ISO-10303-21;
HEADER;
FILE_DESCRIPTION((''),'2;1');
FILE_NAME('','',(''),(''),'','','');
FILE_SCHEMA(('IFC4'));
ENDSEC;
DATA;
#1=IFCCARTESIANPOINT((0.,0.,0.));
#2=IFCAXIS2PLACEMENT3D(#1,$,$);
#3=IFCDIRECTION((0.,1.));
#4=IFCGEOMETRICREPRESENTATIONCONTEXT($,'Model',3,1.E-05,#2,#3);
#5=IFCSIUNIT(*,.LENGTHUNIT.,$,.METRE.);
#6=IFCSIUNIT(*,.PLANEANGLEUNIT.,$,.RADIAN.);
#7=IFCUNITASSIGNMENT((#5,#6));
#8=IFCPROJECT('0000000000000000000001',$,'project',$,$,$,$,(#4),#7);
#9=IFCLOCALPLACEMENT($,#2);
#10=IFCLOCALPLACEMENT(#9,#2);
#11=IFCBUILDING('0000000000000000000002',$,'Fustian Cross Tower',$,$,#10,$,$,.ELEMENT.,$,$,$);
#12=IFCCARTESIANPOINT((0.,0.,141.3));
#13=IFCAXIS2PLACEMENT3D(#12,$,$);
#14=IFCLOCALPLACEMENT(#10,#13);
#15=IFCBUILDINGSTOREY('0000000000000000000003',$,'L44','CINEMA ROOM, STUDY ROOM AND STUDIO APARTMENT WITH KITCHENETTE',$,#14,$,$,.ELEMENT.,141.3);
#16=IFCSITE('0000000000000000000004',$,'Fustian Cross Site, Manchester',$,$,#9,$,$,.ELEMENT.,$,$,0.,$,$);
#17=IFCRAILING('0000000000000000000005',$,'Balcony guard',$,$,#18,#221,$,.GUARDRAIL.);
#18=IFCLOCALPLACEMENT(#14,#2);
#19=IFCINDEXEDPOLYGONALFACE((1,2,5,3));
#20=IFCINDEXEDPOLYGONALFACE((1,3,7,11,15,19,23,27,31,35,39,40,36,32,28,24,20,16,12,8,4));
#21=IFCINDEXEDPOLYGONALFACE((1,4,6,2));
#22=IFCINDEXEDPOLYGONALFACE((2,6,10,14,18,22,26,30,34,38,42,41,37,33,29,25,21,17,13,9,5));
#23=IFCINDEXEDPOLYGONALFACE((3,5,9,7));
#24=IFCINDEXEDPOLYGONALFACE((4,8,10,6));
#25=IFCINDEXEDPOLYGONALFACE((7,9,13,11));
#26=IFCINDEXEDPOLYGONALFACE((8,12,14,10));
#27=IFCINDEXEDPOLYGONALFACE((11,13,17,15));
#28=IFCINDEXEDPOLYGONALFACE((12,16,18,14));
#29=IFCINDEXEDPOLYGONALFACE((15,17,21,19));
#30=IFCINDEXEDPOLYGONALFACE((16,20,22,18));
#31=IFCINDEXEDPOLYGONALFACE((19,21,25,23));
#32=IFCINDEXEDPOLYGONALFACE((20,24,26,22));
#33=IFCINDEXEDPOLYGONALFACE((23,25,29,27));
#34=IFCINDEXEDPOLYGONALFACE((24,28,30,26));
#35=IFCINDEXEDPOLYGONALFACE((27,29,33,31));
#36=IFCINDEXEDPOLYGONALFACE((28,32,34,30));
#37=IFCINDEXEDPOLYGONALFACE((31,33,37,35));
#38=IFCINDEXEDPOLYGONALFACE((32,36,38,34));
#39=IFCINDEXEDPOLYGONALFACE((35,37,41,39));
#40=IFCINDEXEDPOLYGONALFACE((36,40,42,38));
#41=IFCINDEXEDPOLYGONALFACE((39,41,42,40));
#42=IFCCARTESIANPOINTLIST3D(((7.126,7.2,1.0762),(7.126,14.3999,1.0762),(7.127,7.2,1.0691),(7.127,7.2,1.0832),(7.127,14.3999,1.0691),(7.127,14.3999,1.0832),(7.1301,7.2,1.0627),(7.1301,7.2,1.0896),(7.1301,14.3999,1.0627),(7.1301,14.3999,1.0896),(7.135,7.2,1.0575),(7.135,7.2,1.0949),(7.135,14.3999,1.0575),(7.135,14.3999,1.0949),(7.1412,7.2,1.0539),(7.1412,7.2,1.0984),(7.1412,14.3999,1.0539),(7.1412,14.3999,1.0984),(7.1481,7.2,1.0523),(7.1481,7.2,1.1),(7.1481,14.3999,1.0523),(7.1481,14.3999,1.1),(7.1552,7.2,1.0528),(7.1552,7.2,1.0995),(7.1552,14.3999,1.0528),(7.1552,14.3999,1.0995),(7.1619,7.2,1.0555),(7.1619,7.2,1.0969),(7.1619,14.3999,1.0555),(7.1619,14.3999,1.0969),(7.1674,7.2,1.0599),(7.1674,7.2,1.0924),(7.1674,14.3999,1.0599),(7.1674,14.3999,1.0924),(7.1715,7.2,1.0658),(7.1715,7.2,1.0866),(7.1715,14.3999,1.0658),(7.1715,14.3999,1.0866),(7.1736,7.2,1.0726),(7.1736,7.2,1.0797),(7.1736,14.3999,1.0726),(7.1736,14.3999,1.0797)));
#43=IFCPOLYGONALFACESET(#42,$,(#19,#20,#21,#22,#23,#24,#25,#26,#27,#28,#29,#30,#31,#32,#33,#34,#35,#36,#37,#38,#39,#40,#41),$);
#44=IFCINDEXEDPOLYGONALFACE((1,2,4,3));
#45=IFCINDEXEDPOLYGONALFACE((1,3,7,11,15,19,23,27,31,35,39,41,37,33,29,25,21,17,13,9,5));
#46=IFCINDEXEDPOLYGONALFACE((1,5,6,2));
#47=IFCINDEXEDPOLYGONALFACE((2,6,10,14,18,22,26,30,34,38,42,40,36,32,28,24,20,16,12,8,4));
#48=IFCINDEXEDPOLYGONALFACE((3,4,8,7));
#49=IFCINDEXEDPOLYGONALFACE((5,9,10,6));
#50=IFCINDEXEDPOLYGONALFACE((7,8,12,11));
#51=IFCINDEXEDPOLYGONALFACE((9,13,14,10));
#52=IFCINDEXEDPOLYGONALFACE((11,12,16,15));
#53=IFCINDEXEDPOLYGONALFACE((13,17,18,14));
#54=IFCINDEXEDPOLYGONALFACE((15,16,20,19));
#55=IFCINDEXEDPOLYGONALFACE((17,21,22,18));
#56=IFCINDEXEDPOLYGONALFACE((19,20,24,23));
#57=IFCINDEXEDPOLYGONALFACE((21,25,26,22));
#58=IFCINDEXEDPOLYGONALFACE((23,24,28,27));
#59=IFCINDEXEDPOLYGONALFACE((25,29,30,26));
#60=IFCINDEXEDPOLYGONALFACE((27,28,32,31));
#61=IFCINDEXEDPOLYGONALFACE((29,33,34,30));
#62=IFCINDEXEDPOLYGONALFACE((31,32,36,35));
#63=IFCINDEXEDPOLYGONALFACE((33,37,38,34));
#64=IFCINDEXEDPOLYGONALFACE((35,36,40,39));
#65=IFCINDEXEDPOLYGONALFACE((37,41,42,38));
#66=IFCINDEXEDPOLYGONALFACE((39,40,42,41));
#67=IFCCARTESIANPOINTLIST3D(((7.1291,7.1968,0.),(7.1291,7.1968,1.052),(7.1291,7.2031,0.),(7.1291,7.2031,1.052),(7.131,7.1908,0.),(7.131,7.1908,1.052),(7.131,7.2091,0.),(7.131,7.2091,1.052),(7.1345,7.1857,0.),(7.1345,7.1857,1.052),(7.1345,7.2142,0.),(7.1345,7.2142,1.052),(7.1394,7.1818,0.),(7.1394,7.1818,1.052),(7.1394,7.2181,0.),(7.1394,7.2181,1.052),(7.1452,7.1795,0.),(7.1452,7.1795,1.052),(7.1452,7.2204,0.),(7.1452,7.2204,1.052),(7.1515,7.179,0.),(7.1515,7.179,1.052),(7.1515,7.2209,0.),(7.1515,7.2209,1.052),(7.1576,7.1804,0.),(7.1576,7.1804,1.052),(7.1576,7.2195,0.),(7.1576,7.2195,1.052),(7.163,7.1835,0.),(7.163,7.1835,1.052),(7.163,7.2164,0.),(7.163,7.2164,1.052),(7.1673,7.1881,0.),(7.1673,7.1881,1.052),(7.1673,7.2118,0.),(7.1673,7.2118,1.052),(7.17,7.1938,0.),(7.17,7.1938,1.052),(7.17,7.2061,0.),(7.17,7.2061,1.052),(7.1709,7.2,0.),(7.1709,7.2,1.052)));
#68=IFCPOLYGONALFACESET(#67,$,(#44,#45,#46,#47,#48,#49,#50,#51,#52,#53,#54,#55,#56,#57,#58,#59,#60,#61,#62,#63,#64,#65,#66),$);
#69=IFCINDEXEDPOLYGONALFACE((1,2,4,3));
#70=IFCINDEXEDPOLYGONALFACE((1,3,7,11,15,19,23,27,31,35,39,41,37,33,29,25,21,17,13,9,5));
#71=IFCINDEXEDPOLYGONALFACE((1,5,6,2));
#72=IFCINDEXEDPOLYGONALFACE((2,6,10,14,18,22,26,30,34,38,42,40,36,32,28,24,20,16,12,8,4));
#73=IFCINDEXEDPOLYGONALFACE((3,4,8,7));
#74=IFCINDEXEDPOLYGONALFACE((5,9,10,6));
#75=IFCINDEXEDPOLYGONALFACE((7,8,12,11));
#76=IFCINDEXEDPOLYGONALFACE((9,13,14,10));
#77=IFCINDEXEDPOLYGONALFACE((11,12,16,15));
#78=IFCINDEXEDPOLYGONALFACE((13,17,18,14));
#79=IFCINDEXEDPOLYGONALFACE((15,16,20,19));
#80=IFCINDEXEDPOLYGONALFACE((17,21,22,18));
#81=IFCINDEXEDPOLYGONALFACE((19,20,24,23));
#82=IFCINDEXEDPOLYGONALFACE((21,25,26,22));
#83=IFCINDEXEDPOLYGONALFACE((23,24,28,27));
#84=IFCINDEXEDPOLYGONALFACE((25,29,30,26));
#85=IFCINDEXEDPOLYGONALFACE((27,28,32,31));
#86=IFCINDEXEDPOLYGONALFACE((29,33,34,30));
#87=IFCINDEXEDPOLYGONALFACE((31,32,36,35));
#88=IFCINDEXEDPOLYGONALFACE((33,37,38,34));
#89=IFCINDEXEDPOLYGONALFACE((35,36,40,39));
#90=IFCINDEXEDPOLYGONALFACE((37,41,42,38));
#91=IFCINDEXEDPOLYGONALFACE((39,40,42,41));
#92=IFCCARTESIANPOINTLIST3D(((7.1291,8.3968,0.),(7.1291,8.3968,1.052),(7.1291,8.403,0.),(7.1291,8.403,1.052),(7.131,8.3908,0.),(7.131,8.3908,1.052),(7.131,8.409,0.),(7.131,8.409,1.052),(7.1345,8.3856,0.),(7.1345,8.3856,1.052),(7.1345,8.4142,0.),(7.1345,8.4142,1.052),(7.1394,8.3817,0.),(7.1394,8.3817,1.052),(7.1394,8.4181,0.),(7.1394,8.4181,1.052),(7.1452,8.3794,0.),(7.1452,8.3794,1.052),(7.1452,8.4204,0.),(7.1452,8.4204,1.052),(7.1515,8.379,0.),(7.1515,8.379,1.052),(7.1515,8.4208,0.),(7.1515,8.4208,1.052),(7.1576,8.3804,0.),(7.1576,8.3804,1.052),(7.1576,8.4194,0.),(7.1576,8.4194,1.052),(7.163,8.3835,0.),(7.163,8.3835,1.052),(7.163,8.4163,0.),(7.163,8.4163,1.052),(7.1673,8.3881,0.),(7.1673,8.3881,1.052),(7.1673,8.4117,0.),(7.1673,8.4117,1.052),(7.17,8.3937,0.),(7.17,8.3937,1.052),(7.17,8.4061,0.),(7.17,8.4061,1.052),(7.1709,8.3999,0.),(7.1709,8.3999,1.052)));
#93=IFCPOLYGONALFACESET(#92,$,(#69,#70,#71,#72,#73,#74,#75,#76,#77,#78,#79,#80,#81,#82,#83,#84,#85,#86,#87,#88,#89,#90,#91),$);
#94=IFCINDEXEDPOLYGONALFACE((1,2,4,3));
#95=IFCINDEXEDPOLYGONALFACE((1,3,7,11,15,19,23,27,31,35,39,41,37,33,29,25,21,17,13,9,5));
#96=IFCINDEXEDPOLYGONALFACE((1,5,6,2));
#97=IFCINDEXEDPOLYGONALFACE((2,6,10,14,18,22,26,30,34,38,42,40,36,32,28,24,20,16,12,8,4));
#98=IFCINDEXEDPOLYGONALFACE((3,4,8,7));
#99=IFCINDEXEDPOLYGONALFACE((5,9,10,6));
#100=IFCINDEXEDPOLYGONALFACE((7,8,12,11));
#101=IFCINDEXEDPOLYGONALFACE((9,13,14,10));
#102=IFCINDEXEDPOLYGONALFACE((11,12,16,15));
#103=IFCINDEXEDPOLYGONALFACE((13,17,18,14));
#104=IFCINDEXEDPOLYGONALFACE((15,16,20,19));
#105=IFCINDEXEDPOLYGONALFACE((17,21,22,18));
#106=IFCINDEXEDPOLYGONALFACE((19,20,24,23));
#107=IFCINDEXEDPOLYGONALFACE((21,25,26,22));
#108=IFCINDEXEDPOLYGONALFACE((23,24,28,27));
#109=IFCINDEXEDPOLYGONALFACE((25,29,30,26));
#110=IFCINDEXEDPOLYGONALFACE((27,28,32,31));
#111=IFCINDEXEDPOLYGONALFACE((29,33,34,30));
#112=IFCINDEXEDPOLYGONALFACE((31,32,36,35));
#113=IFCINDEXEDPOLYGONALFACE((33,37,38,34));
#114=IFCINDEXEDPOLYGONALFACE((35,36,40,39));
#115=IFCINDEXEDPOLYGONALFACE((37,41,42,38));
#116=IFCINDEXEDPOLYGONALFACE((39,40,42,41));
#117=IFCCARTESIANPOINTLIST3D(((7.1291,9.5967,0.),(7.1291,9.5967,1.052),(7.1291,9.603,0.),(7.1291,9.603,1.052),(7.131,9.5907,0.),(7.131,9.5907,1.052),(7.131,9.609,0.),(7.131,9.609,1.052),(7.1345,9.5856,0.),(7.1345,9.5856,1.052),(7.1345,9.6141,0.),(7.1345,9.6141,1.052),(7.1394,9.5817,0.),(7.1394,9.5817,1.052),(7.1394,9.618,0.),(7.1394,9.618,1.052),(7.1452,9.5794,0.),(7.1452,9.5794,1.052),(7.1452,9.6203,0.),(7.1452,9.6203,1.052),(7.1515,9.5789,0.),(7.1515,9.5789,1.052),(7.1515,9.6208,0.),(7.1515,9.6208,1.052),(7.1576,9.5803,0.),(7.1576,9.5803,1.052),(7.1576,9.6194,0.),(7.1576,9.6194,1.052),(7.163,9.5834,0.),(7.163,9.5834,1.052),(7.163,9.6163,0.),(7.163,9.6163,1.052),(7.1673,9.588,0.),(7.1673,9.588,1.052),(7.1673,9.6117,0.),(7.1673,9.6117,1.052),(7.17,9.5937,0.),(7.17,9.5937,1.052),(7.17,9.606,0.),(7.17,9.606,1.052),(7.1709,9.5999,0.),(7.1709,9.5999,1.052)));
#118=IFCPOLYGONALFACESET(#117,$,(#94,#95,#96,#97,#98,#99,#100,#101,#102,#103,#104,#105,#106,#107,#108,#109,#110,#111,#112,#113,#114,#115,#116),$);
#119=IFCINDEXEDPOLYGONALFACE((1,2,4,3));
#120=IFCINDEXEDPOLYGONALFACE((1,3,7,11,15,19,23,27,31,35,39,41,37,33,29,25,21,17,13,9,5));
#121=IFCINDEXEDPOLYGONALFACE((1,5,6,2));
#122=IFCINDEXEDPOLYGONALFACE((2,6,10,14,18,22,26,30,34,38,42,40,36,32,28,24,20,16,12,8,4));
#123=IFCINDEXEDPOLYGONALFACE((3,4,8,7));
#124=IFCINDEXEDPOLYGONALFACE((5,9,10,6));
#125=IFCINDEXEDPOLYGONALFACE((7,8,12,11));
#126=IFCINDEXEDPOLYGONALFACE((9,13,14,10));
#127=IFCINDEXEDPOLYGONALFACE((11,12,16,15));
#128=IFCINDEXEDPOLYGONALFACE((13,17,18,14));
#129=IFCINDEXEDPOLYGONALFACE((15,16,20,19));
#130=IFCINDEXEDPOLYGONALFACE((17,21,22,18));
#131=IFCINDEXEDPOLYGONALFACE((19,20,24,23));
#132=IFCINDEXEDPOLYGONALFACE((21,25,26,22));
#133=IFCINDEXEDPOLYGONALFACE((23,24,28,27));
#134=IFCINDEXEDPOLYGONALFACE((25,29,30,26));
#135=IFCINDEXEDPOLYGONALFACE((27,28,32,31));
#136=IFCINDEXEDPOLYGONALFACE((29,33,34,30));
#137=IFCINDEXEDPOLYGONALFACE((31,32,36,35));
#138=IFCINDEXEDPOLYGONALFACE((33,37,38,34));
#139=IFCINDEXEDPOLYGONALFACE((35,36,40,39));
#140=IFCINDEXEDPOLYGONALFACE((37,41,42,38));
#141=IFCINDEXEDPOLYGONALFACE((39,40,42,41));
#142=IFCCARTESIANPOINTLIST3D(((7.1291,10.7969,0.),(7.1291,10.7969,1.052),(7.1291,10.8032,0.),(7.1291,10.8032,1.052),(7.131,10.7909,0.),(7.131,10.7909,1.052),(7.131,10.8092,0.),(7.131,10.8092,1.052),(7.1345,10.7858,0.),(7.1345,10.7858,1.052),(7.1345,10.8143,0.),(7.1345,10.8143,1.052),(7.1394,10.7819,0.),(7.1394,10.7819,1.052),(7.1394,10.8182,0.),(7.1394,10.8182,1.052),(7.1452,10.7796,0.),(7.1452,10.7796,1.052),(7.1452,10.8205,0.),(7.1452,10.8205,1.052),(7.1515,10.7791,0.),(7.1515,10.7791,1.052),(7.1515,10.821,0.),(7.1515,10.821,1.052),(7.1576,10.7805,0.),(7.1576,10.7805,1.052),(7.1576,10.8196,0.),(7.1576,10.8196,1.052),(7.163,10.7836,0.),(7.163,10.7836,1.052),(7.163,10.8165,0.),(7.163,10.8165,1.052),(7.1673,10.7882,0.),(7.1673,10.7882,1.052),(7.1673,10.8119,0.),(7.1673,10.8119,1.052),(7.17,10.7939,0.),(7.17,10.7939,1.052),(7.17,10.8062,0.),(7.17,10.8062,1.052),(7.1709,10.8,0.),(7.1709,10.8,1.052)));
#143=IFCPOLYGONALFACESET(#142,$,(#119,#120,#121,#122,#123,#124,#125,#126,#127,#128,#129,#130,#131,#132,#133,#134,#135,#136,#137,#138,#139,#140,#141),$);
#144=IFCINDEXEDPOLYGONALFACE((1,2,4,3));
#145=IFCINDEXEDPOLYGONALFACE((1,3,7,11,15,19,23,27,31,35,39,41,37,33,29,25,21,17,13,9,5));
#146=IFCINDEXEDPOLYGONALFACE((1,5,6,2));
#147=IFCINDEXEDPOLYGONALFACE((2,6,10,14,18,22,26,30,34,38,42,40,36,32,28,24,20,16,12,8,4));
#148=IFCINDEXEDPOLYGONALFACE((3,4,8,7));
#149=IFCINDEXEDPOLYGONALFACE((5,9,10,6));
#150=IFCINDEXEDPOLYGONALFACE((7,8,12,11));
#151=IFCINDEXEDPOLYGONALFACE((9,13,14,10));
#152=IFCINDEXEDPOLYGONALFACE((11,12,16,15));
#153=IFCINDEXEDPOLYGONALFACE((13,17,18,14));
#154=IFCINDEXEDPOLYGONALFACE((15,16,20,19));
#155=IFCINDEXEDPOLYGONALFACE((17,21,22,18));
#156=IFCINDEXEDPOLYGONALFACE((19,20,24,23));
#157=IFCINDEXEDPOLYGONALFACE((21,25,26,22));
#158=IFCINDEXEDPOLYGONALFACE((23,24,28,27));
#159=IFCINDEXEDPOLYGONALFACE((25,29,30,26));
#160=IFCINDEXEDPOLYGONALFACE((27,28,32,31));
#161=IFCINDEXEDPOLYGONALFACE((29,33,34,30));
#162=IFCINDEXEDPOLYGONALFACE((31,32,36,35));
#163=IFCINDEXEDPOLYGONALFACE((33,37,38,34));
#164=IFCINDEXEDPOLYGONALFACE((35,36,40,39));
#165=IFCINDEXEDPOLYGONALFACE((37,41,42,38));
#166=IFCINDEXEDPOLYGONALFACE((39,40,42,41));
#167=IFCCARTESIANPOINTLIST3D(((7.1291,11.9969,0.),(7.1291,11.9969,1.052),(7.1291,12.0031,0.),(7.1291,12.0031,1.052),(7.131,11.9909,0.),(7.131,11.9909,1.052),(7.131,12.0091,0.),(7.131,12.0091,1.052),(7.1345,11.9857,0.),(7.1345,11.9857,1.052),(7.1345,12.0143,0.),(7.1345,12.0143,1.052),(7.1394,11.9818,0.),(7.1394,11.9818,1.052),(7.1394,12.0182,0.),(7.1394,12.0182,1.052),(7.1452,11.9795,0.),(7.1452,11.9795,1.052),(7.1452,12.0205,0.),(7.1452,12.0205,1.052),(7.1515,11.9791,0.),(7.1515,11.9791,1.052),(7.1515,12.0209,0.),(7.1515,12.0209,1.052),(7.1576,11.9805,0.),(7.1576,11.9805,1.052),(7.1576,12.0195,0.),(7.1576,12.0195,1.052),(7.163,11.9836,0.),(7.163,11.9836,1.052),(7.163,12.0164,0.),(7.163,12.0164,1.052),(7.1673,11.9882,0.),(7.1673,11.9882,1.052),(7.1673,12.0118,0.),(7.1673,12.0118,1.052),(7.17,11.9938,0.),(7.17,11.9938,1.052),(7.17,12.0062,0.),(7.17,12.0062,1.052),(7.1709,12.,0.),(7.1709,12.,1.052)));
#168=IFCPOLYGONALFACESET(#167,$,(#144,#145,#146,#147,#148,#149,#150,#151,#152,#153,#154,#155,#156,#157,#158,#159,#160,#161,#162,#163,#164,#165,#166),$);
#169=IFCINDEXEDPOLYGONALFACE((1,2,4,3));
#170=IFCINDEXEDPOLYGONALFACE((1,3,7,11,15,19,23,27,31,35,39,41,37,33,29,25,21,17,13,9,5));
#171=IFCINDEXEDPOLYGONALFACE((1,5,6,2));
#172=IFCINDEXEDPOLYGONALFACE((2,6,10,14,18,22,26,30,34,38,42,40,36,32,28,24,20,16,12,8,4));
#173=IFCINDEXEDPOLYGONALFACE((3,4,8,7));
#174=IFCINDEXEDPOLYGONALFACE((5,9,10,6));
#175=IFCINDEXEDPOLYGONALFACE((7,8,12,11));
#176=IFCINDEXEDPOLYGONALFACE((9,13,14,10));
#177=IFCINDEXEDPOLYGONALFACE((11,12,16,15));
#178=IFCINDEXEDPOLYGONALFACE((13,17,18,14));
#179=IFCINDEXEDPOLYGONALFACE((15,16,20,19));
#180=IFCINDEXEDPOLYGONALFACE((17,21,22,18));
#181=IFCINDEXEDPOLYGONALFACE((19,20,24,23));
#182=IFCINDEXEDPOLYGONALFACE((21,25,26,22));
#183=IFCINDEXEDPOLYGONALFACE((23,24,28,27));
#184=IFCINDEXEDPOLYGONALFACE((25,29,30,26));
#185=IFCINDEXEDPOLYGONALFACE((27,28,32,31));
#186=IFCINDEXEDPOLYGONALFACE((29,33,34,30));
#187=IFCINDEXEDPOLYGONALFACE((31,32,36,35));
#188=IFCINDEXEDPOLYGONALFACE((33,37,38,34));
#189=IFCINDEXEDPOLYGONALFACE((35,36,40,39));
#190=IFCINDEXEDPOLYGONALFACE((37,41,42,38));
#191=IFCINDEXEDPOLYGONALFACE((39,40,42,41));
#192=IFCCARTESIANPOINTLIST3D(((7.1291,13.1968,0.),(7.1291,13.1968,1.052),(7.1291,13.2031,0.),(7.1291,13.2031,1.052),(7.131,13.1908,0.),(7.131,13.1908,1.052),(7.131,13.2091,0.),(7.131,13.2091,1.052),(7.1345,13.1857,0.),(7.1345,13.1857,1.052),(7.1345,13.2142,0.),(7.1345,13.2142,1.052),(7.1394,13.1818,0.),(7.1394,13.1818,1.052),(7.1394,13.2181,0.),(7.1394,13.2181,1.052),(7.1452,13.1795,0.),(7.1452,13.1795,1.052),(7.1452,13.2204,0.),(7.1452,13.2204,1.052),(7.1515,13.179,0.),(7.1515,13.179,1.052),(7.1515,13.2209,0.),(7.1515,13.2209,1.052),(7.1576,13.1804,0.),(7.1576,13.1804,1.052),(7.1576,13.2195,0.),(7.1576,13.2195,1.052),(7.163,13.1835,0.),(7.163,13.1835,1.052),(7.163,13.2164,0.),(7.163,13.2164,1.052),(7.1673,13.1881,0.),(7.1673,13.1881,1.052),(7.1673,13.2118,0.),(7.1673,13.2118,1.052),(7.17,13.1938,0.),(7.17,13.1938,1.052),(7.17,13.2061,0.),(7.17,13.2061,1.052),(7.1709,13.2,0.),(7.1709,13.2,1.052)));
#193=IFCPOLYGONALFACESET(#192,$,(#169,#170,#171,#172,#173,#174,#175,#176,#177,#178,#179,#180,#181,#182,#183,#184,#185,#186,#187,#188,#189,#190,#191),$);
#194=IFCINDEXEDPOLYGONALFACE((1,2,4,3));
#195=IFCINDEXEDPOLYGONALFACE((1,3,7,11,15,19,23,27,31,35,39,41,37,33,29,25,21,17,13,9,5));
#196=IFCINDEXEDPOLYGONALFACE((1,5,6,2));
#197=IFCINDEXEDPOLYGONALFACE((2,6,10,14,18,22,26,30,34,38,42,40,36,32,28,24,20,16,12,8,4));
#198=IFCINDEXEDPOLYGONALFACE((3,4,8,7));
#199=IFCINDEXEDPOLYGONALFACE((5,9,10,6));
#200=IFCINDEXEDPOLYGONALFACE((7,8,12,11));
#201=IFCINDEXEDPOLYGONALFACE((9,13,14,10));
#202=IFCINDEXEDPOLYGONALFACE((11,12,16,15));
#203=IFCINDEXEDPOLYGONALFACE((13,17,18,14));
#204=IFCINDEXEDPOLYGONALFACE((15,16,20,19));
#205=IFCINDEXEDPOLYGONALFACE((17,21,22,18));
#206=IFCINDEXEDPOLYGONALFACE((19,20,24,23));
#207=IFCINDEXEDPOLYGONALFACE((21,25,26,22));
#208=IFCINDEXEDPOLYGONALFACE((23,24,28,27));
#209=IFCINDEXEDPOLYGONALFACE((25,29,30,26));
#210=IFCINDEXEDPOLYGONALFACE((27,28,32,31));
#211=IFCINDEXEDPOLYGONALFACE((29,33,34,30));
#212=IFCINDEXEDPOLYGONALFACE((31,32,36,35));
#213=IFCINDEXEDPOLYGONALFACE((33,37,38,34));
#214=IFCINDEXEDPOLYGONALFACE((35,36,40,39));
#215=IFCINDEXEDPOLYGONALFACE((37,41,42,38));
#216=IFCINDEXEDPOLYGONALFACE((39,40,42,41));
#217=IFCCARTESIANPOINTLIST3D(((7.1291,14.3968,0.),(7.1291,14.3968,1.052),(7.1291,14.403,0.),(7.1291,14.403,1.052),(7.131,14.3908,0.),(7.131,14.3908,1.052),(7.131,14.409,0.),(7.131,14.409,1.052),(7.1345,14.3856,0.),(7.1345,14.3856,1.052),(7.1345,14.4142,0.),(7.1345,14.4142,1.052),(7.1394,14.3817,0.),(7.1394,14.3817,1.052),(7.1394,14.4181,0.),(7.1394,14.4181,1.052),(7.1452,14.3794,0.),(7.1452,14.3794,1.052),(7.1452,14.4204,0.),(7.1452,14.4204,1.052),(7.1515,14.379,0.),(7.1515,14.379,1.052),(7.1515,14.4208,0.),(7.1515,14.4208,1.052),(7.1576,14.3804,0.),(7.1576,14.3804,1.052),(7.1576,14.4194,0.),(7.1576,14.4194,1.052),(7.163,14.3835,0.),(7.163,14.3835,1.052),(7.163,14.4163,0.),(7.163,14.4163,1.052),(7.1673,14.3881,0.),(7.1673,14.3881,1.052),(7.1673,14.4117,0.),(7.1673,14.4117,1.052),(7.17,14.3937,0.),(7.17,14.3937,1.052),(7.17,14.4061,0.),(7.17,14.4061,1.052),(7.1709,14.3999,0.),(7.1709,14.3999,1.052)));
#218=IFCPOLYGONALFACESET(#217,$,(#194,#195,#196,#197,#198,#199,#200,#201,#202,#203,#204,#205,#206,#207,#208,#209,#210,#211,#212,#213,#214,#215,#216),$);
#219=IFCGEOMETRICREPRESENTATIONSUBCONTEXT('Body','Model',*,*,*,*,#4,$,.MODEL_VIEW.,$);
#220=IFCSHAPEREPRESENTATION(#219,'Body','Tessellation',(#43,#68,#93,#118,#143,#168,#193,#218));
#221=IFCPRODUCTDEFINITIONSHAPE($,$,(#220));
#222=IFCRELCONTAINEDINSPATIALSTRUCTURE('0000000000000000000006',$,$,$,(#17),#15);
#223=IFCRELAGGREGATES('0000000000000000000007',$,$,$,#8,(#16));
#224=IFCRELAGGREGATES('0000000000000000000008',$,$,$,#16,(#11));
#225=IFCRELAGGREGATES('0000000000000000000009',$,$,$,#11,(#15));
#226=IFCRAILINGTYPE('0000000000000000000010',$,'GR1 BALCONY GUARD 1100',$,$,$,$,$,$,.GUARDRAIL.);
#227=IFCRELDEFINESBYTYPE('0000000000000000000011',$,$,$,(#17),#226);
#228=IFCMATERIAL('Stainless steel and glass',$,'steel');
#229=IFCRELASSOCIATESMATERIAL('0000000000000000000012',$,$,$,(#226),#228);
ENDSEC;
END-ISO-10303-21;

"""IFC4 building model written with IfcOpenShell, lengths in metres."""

from ifc_helpers import new_model, si_unit, direction, frame, origin, origin_2d, place, context, subcontext, project, spatial, circle, extrude, material, type_object, element, save


model = new_model("IFC4")

# Units and contexts
model_context = context("Model", 3, precision=1e-05, world=origin(), true_north=direction((0.0, 1.0)))
body_context = subcontext(model_context, "Body", "Model", "MODEL_VIEW")
ifc_project = project(units=[si_unit("LENGTHUNIT", "METRE"), si_unit("PLANEANGLEUNIT", "RADIAN")], contexts=[model_context])

# Site, building, storey
site_placement = place(None, origin())
site = spatial("IfcSite", under=ifc_project, at=site_placement, Name="Fustian Cross Site, Manchester", CompositionType="ELEMENT", RefElevation=0.0)
building_placement = place(site_placement, origin())
building = spatial("IfcBuilding", under=site, at=building_placement, Name="Fustian Cross Tower", CompositionType="ELEMENT")
storey_placement = place(building_placement, frame((0.0, 0.0, 141.3)))
storey = spatial("IfcBuildingStorey", under=building, at=storey_placement, Name="L44", Description="CINEMA ROOM, STUDY ROOM AND STUDIO APARTMENT WITH KITCHENETTE", CompositionType="ELEMENT", Elevation=141.3)

# Railing
ifc_material_1 = material(Name="Stainless steel and glass", Category="steel")
railing_type = type_object("IfcRailingType", Name="GR1 BALCONY GUARD 1100", PredefinedType="GUARDRAIL", material=ifc_material_1)
railing_placement = place(storey_placement, frame((7.1499, 7.2, 0.0)))
element("IfcRailing", 1, at=railing_placement, inside=storey, type_object=railing_type, Name="Balcony guard", PredefinedType="GUARDRAIL", context=body_context, shape_type="SweptSolid", body=[
    extrude(circle(Radius=0.0239, at=origin_2d()), frame((0.0, 0.0, 1.0762), z_axis=(0.0, 1.0, 0.0), x_axis=(-1.0, 0.0, 0.0)), (0.0, 0.0, 1.0), 7.2),
    extrude(circle(Radius=0.021, at=origin_2d()), origin(), (0.0, 0.0, 1.0), 1.052),
    extrude(circle(Radius=0.021, at=origin_2d()), frame((0.0, 1.2, 0.0)), (0.0, 0.0, 1.0), 1.052),
    extrude(circle(Radius=0.021, at=origin_2d()), frame((0.0, 2.3999, 0.0)), (0.0, 0.0, 1.0), 1.052),
    extrude(circle(Radius=0.021, at=origin_2d()), frame((0.0, 3.6001, 0.0)), (0.0, 0.0, 1.0), 1.052),
    extrude(circle(Radius=0.021, at=origin_2d()), frame((0.0, 4.8, 0.0)), (0.0, 0.0, 1.0), 1.052),
    extrude(circle(Radius=0.021, at=origin_2d()), frame((0.0, 6.0, 0.0)), (0.0, 0.0, 1.0), 1.052),
    extrude(circle(Radius=0.021, at=origin_2d()), frame((0.0, 7.2, 0.0)), (0.0, 0.0, 1.0), 1.052),
])

save(model, "model.ifc")
